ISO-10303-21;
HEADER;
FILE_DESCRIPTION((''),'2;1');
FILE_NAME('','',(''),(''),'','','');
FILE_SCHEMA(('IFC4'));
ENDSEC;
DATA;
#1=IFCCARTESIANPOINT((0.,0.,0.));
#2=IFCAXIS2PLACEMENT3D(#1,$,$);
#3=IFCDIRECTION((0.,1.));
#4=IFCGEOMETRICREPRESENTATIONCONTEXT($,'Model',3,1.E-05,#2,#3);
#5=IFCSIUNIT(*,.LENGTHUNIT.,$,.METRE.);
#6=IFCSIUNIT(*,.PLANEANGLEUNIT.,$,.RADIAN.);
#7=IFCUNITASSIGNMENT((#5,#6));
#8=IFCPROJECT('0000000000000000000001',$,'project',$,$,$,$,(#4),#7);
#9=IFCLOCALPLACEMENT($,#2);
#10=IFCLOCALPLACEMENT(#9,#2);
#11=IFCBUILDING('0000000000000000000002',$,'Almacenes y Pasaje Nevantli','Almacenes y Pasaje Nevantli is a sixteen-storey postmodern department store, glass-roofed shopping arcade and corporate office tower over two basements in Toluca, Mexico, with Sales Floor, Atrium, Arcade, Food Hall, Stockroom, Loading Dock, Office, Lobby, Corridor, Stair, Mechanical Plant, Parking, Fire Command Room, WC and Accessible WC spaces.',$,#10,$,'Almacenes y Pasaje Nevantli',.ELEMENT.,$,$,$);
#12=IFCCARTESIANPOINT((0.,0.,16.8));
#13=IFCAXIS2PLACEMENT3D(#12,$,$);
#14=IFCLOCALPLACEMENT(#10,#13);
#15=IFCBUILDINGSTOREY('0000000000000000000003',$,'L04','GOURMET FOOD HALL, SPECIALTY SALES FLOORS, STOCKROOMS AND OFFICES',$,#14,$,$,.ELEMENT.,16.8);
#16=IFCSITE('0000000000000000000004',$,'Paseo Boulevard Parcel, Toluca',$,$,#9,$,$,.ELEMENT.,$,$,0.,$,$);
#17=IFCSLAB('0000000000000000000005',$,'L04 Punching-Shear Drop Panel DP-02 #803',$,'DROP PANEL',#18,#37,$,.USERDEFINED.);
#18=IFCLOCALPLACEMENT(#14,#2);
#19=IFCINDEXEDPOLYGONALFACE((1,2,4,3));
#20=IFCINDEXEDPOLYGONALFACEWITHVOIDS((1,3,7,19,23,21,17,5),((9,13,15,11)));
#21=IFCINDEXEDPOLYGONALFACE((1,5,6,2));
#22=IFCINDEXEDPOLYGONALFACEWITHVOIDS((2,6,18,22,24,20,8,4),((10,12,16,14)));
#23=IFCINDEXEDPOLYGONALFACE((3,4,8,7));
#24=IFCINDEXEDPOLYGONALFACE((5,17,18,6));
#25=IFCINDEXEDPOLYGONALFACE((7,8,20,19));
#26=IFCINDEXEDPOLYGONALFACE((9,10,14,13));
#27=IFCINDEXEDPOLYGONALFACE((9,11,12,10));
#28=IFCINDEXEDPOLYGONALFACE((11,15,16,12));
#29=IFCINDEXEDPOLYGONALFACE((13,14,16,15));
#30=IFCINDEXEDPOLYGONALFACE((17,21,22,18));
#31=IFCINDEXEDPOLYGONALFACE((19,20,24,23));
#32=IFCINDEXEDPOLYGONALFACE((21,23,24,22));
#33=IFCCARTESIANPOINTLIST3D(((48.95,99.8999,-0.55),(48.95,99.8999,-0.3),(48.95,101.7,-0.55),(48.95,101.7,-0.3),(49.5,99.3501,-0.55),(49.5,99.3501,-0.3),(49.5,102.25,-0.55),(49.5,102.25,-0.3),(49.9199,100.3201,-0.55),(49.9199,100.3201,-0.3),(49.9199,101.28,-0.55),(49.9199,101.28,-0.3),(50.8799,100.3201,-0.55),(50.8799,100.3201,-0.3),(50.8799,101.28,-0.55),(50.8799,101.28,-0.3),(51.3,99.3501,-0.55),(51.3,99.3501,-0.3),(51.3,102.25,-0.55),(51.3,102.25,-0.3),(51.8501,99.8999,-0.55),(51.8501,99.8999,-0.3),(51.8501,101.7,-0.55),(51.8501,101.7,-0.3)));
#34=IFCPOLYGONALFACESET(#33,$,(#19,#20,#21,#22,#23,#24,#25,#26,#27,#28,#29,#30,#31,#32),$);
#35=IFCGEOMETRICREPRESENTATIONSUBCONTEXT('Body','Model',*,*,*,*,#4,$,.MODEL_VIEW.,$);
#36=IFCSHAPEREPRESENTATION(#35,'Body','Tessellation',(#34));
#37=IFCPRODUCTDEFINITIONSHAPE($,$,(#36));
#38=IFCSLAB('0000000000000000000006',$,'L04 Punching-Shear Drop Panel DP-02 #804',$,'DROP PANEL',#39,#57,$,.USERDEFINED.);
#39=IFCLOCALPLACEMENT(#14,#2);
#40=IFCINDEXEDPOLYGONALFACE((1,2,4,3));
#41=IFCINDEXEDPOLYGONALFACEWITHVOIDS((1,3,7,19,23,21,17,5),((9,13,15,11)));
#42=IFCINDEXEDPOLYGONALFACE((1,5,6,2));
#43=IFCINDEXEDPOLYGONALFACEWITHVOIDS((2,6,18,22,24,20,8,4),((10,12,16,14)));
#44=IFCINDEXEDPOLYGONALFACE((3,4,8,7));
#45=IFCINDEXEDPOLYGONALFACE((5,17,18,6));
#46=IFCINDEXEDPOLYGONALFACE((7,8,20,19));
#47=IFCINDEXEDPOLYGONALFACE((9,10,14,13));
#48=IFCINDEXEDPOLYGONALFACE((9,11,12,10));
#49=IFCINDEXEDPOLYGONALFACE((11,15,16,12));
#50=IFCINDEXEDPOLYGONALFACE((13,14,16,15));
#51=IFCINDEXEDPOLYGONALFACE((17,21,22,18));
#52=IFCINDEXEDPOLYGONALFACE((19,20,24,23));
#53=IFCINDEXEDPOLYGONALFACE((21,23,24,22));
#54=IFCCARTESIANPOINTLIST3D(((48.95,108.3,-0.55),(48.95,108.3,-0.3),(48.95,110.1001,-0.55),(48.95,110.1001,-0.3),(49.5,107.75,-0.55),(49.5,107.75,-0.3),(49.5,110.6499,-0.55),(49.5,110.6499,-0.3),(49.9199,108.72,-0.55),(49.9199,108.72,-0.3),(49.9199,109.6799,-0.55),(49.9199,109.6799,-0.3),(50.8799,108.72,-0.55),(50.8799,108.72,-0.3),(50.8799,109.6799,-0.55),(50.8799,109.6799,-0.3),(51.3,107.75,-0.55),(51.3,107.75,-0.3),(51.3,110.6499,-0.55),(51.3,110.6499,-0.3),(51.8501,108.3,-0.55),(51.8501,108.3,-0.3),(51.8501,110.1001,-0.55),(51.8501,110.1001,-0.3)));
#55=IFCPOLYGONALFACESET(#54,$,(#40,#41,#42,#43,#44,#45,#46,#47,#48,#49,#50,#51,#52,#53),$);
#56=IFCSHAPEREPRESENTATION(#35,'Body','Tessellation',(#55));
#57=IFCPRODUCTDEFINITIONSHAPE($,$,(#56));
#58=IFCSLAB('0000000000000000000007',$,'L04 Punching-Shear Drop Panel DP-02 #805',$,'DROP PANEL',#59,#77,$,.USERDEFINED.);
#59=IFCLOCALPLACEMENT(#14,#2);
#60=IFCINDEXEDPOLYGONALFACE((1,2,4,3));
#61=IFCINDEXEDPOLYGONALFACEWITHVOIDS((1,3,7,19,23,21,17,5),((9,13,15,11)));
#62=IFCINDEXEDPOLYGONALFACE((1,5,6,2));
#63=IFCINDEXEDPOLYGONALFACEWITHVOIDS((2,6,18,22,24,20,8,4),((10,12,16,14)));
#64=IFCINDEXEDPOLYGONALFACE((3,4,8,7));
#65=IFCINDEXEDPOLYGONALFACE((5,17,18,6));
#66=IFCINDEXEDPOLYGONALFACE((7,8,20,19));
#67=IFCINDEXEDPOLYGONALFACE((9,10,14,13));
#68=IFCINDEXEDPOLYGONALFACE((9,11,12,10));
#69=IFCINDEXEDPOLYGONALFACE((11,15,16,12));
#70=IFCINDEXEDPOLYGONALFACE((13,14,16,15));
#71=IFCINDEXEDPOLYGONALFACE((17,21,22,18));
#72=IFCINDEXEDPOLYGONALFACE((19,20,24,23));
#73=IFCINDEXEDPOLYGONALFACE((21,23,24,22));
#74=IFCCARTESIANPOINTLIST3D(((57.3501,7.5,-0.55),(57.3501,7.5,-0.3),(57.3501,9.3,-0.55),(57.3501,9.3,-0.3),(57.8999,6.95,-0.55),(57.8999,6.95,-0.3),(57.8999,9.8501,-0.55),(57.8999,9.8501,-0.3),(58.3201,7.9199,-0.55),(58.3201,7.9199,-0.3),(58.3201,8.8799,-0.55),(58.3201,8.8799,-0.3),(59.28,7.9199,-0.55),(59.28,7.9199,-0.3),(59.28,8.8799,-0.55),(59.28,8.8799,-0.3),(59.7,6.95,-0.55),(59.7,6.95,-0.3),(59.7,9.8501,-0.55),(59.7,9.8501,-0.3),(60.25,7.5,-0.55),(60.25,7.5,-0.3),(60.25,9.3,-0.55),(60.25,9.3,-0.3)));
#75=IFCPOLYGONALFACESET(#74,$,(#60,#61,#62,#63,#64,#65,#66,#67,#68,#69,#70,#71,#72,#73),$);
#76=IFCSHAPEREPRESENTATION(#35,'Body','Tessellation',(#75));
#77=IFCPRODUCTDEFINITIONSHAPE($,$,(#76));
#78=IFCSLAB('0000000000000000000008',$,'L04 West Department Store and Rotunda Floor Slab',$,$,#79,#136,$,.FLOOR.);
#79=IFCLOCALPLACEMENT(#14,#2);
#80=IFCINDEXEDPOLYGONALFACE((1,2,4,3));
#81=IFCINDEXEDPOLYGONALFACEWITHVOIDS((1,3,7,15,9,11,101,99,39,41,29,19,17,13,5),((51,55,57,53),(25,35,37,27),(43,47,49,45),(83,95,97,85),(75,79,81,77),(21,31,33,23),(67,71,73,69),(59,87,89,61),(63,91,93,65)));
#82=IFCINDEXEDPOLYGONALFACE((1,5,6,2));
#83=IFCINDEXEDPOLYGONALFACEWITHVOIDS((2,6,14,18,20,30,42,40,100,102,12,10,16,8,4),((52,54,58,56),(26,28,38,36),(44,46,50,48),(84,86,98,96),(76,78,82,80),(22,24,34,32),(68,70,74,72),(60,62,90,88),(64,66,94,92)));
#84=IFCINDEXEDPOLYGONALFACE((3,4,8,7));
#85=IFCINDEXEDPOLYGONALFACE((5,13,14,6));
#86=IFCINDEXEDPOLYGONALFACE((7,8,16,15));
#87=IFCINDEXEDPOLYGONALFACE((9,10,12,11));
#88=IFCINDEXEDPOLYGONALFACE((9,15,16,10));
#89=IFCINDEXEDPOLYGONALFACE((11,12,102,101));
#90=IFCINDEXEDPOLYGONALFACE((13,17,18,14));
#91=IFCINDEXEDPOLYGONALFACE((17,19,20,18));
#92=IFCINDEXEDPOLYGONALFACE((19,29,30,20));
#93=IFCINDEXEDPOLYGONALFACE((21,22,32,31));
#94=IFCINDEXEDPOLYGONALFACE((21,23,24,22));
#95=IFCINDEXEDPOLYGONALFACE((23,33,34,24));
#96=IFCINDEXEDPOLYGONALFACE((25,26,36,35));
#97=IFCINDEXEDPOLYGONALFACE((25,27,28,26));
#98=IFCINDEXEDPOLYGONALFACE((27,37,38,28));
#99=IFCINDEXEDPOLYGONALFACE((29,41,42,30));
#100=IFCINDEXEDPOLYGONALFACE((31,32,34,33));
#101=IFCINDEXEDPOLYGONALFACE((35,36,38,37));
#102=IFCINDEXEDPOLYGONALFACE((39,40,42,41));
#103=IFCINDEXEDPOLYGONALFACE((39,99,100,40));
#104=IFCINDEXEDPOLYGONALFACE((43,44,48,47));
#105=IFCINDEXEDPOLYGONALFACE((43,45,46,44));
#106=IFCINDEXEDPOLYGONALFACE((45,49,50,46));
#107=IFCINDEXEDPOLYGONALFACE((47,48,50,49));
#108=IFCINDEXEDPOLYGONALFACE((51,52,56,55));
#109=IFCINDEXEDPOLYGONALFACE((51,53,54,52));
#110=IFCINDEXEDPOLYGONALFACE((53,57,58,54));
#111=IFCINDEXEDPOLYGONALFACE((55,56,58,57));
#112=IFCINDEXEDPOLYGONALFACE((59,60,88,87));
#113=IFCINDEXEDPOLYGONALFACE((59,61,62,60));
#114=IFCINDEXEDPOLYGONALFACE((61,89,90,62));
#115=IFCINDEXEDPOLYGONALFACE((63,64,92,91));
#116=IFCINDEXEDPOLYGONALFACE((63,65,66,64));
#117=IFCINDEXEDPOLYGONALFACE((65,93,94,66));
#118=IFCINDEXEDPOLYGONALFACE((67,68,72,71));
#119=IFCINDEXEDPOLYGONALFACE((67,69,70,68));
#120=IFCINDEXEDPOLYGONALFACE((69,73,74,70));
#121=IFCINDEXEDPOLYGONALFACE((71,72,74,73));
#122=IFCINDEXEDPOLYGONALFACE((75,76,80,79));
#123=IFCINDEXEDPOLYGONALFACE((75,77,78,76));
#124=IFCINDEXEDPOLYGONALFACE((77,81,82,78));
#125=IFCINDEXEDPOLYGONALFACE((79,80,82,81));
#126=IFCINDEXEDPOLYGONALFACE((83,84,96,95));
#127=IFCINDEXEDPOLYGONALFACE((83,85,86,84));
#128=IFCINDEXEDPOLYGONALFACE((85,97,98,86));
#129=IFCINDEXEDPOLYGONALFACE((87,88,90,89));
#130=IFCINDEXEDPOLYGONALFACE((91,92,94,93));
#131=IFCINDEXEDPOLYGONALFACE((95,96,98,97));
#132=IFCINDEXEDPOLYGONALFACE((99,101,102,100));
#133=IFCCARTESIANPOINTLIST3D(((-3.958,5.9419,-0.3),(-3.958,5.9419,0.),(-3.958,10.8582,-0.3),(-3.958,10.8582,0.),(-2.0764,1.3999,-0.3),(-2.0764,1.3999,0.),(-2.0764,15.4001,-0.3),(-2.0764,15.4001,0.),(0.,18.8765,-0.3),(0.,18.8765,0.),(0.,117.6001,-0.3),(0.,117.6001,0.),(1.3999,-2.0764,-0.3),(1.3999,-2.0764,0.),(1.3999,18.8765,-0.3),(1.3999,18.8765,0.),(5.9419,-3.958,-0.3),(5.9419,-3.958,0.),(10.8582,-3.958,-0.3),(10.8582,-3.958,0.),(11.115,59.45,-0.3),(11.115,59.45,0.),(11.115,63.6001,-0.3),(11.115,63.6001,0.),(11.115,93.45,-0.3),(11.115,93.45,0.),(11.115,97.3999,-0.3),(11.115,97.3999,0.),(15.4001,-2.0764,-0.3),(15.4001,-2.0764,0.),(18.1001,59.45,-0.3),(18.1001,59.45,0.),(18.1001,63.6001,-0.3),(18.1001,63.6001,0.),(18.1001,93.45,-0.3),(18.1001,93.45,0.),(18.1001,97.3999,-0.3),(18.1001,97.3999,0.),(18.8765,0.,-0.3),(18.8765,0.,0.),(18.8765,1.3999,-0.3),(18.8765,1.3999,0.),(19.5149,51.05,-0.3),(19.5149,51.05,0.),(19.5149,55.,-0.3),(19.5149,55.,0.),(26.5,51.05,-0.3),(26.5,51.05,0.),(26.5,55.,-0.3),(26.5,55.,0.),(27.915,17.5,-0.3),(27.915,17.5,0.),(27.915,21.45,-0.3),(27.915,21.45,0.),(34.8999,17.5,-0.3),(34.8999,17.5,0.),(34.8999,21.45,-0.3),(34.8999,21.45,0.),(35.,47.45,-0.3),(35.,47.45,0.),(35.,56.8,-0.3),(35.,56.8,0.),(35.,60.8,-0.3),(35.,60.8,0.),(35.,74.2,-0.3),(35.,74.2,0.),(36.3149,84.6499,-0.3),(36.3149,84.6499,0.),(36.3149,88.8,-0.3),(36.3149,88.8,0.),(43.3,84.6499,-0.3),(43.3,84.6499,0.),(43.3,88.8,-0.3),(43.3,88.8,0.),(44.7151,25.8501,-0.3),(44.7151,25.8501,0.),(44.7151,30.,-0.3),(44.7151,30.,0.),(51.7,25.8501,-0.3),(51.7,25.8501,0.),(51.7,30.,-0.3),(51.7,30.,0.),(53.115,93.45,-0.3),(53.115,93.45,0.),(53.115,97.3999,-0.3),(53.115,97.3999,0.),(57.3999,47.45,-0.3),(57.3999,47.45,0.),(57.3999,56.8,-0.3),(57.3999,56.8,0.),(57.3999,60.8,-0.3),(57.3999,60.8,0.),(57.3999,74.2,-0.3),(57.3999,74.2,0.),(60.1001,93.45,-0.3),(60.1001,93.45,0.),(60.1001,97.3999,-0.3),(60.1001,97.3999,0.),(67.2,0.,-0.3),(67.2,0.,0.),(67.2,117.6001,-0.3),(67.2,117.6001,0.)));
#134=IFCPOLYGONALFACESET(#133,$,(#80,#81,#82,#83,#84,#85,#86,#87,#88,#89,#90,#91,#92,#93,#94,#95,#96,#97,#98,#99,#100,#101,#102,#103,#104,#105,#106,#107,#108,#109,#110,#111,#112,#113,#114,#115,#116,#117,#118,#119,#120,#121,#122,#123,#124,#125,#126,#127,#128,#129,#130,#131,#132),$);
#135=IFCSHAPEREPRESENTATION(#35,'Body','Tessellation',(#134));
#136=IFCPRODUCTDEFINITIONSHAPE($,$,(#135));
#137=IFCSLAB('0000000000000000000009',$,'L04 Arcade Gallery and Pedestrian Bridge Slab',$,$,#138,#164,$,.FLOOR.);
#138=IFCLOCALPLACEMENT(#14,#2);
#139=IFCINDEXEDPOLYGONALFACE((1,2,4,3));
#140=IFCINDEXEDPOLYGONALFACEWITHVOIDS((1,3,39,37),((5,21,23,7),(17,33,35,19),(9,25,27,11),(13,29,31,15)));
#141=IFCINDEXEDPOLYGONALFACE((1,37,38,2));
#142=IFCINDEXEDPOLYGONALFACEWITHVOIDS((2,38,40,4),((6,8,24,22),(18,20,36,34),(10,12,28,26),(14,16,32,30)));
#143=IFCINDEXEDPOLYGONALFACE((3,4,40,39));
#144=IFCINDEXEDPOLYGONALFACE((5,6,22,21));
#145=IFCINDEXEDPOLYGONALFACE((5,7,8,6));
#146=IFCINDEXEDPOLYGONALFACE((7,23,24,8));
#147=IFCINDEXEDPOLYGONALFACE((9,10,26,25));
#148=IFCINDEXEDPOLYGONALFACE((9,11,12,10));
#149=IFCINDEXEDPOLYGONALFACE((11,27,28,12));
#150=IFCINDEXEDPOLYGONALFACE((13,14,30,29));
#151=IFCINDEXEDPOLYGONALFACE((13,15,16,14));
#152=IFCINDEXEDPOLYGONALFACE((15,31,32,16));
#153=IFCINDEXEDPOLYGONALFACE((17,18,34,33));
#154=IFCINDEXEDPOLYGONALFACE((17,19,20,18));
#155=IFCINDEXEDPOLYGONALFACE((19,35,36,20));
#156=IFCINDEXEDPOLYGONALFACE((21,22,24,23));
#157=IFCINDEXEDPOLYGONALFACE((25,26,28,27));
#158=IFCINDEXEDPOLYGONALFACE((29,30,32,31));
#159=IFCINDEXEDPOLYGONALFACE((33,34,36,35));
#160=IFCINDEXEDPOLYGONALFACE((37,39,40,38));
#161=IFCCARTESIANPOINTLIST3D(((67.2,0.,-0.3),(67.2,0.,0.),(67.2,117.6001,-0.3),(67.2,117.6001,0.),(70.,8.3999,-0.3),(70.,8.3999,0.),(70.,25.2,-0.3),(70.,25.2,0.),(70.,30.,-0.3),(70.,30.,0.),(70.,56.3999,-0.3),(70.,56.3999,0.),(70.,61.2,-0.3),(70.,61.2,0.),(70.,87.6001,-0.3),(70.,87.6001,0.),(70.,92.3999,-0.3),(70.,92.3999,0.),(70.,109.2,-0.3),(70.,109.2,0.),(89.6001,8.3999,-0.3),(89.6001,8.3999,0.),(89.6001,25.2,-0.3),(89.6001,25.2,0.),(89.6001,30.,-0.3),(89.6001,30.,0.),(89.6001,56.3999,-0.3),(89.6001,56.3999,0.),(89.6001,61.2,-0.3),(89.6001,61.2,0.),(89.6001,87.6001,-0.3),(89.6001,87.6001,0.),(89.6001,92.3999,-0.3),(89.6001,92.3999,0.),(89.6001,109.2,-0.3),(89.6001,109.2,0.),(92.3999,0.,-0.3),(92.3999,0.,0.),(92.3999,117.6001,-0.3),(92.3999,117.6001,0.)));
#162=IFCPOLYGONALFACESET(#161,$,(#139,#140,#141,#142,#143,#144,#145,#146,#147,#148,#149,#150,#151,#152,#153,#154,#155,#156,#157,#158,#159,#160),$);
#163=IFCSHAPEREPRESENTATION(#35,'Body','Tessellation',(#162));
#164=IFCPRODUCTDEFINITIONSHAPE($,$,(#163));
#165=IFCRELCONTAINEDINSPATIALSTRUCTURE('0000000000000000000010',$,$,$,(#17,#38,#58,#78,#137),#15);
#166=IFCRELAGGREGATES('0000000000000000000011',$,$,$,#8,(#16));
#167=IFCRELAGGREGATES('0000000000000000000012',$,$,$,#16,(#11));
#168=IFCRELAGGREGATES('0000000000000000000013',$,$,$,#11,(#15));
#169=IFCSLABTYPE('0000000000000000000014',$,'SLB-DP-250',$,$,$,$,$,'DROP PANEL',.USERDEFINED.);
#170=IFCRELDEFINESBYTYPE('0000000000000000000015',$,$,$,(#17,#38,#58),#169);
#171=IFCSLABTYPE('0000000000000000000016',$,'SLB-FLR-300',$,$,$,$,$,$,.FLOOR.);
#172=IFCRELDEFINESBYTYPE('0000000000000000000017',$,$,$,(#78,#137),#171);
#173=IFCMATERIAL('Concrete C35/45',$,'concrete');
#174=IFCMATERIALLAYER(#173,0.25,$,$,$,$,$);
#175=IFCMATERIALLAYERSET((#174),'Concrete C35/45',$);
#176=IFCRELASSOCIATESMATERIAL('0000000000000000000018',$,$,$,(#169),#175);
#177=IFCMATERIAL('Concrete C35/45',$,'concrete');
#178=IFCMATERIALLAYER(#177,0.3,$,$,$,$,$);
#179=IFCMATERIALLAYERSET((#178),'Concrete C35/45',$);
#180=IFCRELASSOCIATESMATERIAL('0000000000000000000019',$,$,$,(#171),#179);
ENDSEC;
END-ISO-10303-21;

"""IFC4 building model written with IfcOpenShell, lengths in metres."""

from ifc_helpers import new_model, si_unit, direction, frame, origin, place, context, subcontext, project, spatial, polyline, outline, extrude, material, layer, layer_set, type_object, element, save


model = new_model("IFC4")

# Units and contexts
model_context = context("Model", 3, precision=1e-05, world=origin(), true_north=direction((0.0, 1.0)))
body_context = subcontext(model_context, "Body", "Model", "MODEL_VIEW")
ifc_project = project(units=[si_unit("LENGTHUNIT", "METRE"), si_unit("PLANEANGLEUNIT", "RADIAN")], contexts=[model_context])

# Site, building, storey
site_placement = place(None, origin())
site = spatial("IfcSite", under=ifc_project, at=site_placement, Name="Paseo Boulevard Parcel, Toluca", CompositionType="ELEMENT", RefElevation=0.0)
building_placement = place(site_placement, origin())
building = spatial("IfcBuilding", under=site, at=building_placement, Name="Almacenes y Pasaje Nevantli", Description="Almacenes y Pasaje Nevantli is a sixteen-storey postmodern department store, glass-roofed shopping arcade and corporate office tower over two basements in Toluca, Mexico, with Sales Floor, Atrium, Arcade, Food Hall, Stockroom, Loading Dock, Office, Lobby, Corridor, Stair, Mechanical Plant, Parking, Fire Command Room, WC and Accessible WC spaces.", LongName="Almacenes y Pasaje Nevantli", CompositionType="ELEMENT")
storey_placement = place(building_placement, frame((0.0, 0.0, 16.8)))
storey = spatial("IfcBuildingStorey", under=building, at=storey_placement, Name="L04", Description="GOURMET FOOD HALL, SPECIALTY SALES FLOORS, STOCKROOMS AND OFFICES", CompositionType="ELEMENT", Elevation=16.8)

# Slabs
ifc_material_1 = material(Name="Concrete C35/45", Category="concrete")
ifc_layer_1 = layer(ifc_material_1, 0.25)
ifc_layer_set_1 = layer_set([ifc_layer_1], Name="Concrete C35/45")
slab_type_1 = type_object("IfcSlabType", Name="SLB-DP-250", ElementType="DROP PANEL", PredefinedType="USERDEFINED", material=ifc_layer_set_1)
slab_1_placement = place(storey_placement, frame((0.0, 0.0, -0.55)))
element("IfcSlab", 1, at=slab_1_placement, inside=storey, type_object=slab_type_1, Name="L04 Punching-Shear Drop Panel DP-02 #803", ObjectType="DROP PANEL", PredefinedType="USERDEFINED", context=body_context, shape_type="SweptSolid", body=[
    extrude(outline(polyline([(49.5, 99.3501), (51.3, 99.3501), (51.8501, 99.8999), (51.8501, 101.7), (51.3, 102.25), (49.5, 102.25), (48.95, 101.7), (48.95, 99.8999), (49.5, 99.3501)]), holes=[polyline([(49.9199, 100.3201), (50.8799, 100.3201), (50.8799, 101.28), (49.9199, 101.28), (49.9199, 100.3201)])]), origin(), (0.0, 0.0, 1.0), 0.25),
])
slab_2_placement = place(storey_placement, frame((0.0, 0.0, -0.55)))
element("IfcSlab", 2, at=slab_2_placement, inside=storey, type_object=slab_type_1, Name="L04 Punching-Shear Drop Panel DP-02 #804", ObjectType="DROP PANEL", PredefinedType="USERDEFINED", context=body_context, shape_type="SweptSolid", body=[
    extrude(outline(polyline([(49.5, 107.75), (51.3, 107.75), (51.8501, 108.3), (51.8501, 110.1001), (51.3, 110.6499), (49.5, 110.6499), (48.95, 110.1001), (48.95, 108.3), (49.5, 107.75)]), holes=[polyline([(49.9199, 108.72), (50.8799, 108.72), (50.8799, 109.6799), (49.9199, 109.6799), (49.9199, 108.72)])]), origin(), (0.0, 0.0, 1.0), 0.25),
])
slab_3_placement = place(storey_placement, frame((0.0, 0.0, -0.55)))
element("IfcSlab", 3, at=slab_3_placement, inside=storey, type_object=slab_type_1, Name="L04 Punching-Shear Drop Panel DP-02 #805", ObjectType="DROP PANEL", PredefinedType="USERDEFINED", context=body_context, shape_type="SweptSolid", body=[
    extrude(outline(polyline([(57.8999, 6.95), (59.7, 6.95), (60.25, 7.5), (60.25, 9.3), (59.7, 9.8501), (57.8999, 9.8501), (57.3501, 9.3), (57.3501, 7.5), (57.8999, 6.95)]), holes=[polyline([(58.3201, 7.9199), (59.28, 7.9199), (59.28, 8.8799), (58.3201, 8.8799), (58.3201, 7.9199)])]), origin(), (0.0, 0.0, 1.0), 0.25),
])
ifc_material_2 = material(Name="Concrete C35/45", Category="concrete")
ifc_layer_2 = layer(ifc_material_2, 0.3)
ifc_layer_set_2 = layer_set([ifc_layer_2], Name="Concrete C35/45")
slab_type_2 = type_object("IfcSlabType", Name="SLB-FLR-300", PredefinedType="FLOOR", material=ifc_layer_set_2)
slab_4_placement = place(storey_placement, frame((0.0, 0.0, -0.3)))
element("IfcSlab", 4, at=slab_4_placement, inside=storey, type_object=slab_type_2, Name="L04 West Department Store and Rotunda Floor Slab", PredefinedType="FLOOR", context=body_context, shape_type="SweptSolid", body=[
    extrude(outline(polyline([(18.8765, 0.0), (67.2, 0.0), (67.2, 117.6001), (0.0, 117.6001), (0.0, 18.8765), (1.3999, 18.8765), (-2.0764, 15.4001), (-3.958, 10.8582), (-3.958, 5.9419), (-2.0764, 1.3999), (1.3999, -2.0764), (5.9419, -3.958), (10.8582, -3.958), (15.4001, -2.0764), (18.8765, 1.3999), (18.8765, 0.0)]), holes=[polyline([(11.115, 93.45), (18.1001, 93.45), (18.1001, 97.3999), (11.115, 97.3999), (11.115, 93.45)]), polyline([(27.915, 17.5), (34.8999, 17.5), (34.8999, 21.45), (27.915, 21.45), (27.915, 17.5)]), polyline([(53.115, 93.45), (60.1001, 93.45), (60.1001, 97.3999), (53.115, 97.3999), (53.115, 93.45)]), polyline([(11.115, 59.45), (18.1001, 59.45), (18.1001, 63.6001), (11.115, 63.6001), (11.115, 59.45)]), polyline([(44.7151, 25.8501), (51.7, 25.8501), (51.7, 30.0), (44.7151, 30.0), (44.7151, 25.8501)]), polyline([(36.3149, 84.6499), (43.3, 84.6499), (43.3, 88.8), (36.3149, 88.8), (36.3149, 84.6499)]), polyline([(19.5149, 51.05), (26.5, 51.05), (26.5, 55.0), (19.5149, 55.0), (19.5149, 51.05)]), polyline([(35.0, 47.45), (57.3999, 47.45), (57.3999, 56.8), (35.0, 56.8), (35.0, 47.45)]), polyline([(35.0, 60.8), (57.3999, 60.8), (57.3999, 74.2), (35.0, 74.2), (35.0, 60.8)])]), origin(), (0.0, 0.0, 1.0), 0.3),
])
slab_5_placement = place(storey_placement, frame((0.0, 0.0, -0.3)))
element("IfcSlab", 5, at=slab_5_placement, inside=storey, type_object=slab_type_2, Name="L04 Arcade Gallery and Pedestrian Bridge Slab", PredefinedType="FLOOR", context=body_context, shape_type="SweptSolid", body=[
    extrude(outline(polyline([(67.2, 0.0), (92.3999, 0.0), (92.3999, 117.6001), (67.2, 117.6001), (67.2, 0.0)]), holes=[polyline([(70.0, 8.3999), (89.6001, 8.3999), (89.6001, 25.2), (70.0, 25.2), (70.0, 8.3999)]), polyline([(70.0, 30.0), (89.6001, 30.0), (89.6001, 56.3999), (70.0, 56.3999), (70.0, 30.0)]), polyline([(70.0, 61.2), (89.6001, 61.2), (89.6001, 87.6001), (70.0, 87.6001), (70.0, 61.2)]), polyline([(70.0, 92.3999), (89.6001, 92.3999), (89.6001, 109.2), (70.0, 109.2), (70.0, 92.3999)])]), origin(), (0.0, 0.0, 1.0), 0.3),
])

save(model, "model.ifc")
